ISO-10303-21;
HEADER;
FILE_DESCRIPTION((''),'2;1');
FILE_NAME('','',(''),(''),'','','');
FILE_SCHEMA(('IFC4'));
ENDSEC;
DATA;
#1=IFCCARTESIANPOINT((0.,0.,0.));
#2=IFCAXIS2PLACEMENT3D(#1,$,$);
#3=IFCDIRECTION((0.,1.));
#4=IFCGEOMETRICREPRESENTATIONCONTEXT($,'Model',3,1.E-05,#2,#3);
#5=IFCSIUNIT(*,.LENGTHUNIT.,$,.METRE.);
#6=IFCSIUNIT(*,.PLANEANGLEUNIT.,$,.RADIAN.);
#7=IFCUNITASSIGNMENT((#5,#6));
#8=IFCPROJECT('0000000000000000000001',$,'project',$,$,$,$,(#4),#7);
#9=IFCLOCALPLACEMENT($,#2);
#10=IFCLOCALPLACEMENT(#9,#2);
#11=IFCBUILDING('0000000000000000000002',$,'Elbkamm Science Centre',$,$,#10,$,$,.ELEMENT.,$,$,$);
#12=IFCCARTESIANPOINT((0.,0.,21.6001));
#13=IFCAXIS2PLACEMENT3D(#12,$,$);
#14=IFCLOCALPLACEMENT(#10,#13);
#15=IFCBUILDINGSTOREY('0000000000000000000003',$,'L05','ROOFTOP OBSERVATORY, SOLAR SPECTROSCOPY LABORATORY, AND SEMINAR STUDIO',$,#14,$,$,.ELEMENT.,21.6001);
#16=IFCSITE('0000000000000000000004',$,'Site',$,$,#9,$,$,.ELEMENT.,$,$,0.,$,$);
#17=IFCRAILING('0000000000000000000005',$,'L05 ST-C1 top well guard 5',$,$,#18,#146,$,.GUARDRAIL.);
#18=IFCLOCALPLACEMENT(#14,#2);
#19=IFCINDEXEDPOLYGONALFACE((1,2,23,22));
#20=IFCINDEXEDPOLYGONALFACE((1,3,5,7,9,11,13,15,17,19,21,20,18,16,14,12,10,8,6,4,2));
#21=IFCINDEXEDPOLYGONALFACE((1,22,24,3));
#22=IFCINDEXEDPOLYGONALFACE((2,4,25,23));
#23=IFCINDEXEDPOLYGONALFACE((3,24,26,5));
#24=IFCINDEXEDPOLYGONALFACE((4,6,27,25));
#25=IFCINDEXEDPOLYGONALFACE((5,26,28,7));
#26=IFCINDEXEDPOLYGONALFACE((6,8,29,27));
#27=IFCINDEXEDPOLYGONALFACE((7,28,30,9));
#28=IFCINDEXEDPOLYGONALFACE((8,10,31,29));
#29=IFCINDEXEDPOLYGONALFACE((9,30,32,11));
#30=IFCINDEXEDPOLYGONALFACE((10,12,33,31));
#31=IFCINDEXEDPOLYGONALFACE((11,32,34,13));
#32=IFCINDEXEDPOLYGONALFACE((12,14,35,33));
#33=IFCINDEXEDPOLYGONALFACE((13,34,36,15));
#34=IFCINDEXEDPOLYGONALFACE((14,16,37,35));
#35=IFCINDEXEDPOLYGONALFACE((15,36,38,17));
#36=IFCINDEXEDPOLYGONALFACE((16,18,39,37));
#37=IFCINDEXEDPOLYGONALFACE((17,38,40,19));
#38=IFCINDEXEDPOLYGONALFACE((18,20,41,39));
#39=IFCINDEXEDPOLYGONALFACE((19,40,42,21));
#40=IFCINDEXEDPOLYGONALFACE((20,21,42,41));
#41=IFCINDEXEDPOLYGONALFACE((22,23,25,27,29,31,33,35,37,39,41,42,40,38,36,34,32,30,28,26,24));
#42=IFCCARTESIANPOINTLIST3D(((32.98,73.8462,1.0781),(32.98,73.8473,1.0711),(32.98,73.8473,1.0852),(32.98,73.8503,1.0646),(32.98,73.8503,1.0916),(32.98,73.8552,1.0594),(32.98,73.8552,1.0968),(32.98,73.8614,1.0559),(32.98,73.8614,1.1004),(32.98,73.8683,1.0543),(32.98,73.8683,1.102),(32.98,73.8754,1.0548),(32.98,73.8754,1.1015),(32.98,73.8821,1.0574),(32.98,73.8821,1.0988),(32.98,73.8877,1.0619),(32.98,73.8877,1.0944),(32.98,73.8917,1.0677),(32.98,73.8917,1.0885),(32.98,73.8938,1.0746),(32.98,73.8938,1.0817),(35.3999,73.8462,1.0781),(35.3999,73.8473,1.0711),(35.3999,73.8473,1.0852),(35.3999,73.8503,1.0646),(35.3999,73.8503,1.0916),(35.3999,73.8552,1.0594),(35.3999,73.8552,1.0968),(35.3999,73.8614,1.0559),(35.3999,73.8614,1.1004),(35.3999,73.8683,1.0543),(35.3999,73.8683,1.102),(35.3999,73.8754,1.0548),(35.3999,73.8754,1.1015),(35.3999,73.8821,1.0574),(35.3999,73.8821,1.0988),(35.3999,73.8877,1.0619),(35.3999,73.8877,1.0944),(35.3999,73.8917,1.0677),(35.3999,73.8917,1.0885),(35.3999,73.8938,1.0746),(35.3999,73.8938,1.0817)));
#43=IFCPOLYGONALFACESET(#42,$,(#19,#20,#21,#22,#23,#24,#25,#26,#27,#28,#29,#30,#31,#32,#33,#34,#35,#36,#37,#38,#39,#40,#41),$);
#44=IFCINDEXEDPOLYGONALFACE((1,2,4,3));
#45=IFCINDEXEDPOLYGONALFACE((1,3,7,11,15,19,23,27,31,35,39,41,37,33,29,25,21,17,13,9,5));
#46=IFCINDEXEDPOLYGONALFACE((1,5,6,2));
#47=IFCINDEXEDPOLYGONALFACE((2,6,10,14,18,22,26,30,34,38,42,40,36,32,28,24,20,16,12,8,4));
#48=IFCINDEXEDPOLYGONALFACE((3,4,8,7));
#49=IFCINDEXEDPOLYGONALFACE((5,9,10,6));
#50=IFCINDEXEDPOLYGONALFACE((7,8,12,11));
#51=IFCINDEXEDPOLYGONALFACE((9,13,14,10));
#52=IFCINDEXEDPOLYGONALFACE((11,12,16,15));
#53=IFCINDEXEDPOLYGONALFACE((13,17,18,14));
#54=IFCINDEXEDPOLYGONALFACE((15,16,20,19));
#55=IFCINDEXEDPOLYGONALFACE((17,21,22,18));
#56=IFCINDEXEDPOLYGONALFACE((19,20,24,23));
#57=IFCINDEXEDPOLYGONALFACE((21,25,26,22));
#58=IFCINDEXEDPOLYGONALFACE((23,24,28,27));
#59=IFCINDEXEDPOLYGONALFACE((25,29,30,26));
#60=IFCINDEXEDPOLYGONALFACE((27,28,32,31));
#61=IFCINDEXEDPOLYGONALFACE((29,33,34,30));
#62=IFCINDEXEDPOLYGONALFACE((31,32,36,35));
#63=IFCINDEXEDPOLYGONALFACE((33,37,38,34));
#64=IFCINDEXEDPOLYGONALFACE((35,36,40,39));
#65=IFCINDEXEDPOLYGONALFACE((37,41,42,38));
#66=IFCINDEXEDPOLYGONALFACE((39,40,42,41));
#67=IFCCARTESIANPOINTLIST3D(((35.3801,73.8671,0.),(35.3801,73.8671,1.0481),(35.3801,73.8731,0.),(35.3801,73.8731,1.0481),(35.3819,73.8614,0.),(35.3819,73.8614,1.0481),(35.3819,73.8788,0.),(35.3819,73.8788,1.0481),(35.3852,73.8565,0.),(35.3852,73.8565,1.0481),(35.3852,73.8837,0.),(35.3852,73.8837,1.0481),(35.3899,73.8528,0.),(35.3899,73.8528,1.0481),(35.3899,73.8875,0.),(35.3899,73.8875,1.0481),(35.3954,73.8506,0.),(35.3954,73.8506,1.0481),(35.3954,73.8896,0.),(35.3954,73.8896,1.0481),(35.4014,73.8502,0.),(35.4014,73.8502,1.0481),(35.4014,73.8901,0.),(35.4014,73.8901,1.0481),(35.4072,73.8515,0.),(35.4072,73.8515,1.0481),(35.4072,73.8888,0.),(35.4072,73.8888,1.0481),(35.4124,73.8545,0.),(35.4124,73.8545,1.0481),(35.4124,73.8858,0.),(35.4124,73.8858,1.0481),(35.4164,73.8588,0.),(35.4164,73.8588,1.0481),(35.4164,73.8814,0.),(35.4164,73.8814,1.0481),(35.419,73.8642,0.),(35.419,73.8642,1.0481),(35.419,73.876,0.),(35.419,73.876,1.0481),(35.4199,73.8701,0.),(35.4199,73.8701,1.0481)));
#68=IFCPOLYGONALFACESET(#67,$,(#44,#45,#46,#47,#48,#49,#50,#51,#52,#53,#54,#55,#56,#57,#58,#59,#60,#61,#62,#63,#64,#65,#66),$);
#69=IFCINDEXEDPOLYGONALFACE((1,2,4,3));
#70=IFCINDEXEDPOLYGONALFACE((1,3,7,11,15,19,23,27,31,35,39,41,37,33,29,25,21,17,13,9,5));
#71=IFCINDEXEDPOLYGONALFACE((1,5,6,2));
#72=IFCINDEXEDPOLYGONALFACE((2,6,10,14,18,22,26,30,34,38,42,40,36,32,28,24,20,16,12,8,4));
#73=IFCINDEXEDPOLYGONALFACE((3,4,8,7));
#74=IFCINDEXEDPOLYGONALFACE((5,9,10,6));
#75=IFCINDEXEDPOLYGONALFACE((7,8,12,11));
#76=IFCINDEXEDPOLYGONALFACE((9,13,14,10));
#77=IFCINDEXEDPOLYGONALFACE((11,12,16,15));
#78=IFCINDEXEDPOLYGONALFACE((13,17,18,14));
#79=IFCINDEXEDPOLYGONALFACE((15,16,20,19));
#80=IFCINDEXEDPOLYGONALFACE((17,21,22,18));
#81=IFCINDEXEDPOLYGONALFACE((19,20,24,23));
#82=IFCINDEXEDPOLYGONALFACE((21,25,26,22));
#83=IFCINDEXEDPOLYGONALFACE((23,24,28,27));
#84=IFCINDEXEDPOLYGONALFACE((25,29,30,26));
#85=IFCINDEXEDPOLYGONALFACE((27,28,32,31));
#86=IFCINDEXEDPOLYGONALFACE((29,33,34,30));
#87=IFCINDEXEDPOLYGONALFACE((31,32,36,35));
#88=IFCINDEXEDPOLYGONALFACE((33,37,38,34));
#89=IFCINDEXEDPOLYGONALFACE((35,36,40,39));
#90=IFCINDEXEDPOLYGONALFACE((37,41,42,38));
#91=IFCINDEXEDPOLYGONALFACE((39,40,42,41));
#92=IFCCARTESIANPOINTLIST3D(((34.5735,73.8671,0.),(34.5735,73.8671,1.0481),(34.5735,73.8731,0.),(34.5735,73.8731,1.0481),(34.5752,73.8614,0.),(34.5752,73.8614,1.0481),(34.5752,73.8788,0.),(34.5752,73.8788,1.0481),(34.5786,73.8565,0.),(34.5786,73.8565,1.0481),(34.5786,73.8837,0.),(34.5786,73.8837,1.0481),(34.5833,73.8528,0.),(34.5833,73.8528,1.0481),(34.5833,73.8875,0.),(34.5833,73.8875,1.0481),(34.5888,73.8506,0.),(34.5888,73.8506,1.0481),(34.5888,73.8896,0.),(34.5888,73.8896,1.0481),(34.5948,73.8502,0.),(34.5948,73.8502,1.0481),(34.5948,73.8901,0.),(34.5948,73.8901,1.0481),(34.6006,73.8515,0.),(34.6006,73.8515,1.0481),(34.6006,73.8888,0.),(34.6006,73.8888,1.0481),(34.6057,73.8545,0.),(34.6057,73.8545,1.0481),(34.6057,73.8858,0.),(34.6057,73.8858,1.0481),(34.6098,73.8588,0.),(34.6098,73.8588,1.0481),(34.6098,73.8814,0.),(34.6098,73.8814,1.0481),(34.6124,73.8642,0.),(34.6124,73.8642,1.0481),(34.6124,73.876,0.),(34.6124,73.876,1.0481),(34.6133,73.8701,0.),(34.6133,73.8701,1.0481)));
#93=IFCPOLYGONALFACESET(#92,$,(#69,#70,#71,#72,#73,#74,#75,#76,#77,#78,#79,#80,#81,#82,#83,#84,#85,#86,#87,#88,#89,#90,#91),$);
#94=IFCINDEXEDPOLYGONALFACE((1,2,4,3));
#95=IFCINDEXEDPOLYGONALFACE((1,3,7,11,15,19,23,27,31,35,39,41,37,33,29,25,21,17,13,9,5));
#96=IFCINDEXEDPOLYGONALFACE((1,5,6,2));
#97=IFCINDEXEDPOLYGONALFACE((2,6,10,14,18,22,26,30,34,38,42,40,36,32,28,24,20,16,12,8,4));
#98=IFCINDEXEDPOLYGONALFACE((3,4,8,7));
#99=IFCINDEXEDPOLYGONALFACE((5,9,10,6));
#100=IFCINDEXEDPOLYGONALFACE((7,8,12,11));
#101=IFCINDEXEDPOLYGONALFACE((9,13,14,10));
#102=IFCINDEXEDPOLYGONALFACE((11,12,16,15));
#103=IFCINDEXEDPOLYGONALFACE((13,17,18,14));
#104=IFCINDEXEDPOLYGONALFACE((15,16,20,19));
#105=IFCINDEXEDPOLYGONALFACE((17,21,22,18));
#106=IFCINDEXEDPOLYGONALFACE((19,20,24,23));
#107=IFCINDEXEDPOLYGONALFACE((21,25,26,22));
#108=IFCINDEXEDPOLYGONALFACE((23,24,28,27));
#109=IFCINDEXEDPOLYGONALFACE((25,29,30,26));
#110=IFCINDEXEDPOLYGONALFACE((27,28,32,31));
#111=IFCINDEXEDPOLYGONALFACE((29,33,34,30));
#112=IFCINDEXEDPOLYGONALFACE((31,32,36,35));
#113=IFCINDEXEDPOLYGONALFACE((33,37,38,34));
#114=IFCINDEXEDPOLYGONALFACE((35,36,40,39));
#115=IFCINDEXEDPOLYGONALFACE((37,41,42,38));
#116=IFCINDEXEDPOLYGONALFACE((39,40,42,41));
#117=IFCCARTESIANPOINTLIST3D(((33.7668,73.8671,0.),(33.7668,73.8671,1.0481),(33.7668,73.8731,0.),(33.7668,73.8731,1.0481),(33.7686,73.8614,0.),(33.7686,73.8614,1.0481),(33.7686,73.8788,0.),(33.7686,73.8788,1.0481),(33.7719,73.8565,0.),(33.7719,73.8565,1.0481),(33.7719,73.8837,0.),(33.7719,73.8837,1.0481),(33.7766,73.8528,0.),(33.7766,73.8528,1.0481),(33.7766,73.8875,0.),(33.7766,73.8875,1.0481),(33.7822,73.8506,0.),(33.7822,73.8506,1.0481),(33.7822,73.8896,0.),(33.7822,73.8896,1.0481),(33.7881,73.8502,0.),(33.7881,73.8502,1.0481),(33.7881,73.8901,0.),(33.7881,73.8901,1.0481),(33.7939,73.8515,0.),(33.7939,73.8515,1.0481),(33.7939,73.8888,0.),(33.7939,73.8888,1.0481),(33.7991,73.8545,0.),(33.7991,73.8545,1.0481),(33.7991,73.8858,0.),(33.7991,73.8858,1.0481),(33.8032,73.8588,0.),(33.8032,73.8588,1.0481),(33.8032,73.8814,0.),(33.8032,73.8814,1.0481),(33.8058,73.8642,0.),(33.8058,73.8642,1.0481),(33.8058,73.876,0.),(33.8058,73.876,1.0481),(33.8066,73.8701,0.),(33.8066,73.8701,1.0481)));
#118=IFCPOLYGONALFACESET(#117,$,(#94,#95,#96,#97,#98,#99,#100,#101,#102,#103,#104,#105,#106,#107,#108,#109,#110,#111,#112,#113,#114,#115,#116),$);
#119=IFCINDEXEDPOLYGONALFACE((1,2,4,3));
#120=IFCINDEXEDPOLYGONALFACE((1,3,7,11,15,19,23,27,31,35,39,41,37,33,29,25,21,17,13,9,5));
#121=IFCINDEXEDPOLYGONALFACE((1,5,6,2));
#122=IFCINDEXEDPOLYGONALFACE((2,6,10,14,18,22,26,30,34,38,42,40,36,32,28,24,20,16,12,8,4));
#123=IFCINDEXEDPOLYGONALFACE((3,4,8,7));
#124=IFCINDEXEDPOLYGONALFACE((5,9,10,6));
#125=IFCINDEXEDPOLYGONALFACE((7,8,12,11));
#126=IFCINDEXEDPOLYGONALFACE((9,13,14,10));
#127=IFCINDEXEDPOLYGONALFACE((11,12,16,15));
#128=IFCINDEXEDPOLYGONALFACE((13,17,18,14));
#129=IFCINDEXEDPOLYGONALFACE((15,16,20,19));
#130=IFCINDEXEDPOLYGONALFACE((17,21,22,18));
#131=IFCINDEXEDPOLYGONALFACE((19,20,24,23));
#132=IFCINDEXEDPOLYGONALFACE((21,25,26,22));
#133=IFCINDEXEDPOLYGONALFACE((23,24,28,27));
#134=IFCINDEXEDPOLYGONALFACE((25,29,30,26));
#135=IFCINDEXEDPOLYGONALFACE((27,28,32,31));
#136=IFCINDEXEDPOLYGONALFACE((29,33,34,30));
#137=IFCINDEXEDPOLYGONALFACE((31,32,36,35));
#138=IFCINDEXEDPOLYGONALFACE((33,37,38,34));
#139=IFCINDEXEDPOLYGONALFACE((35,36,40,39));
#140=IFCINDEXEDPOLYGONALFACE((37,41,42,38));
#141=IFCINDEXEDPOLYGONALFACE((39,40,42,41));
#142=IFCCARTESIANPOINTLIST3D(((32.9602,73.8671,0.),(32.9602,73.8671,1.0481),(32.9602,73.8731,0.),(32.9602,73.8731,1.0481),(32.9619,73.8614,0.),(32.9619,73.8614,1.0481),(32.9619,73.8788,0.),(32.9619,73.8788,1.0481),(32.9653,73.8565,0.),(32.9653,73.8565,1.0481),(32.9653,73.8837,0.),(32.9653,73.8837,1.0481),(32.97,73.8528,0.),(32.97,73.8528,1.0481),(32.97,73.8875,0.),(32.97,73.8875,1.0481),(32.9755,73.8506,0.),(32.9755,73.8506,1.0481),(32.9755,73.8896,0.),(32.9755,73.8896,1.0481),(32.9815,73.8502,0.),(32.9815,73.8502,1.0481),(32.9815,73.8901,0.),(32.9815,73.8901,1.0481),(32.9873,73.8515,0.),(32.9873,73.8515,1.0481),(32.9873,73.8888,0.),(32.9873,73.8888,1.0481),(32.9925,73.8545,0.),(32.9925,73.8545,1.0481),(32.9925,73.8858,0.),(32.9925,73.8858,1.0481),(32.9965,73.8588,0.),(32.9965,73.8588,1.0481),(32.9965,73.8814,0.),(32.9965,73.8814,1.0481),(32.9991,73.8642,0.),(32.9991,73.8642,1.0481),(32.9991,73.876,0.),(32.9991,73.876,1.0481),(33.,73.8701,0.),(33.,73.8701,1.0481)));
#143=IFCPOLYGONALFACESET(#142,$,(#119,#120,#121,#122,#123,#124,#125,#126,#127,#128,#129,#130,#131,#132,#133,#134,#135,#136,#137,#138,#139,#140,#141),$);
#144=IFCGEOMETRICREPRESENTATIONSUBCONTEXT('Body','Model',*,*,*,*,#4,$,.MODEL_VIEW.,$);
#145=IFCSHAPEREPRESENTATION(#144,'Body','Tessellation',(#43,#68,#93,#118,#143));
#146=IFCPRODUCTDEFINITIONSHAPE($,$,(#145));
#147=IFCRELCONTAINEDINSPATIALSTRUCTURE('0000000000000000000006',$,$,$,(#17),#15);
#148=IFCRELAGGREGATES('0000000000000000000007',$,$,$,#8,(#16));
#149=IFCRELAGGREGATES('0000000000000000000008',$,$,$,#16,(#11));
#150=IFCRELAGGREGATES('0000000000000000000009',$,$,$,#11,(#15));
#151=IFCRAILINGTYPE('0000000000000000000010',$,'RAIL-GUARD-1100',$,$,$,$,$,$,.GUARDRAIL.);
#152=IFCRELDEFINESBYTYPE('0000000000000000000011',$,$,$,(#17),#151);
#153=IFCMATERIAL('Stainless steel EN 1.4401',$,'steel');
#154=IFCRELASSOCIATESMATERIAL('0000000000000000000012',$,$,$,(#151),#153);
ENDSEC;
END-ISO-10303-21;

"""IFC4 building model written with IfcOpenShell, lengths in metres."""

from ifc_helpers import new_model, si_unit, direction, frame, origin, origin_2d, place, context, subcontext, project, spatial, circle, extrude, material, type_object, element, save


model = new_model("IFC4")

# Units and contexts
model_context = context("Model", 3, precision=1e-05, world=origin(), true_north=direction((0.0, 1.0)))
body_context = subcontext(model_context, "Body", "Model", "MODEL_VIEW")
ifc_project = project(units=[si_unit("LENGTHUNIT", "METRE"), si_unit("PLANEANGLEUNIT", "RADIAN")], contexts=[model_context])

# Site, building, storey
site_placement = place(None, origin())
site = spatial("IfcSite", under=ifc_project, at=site_placement, Name="Site", CompositionType="ELEMENT", RefElevation=0.0)
building_placement = place(site_placement, origin())
building = spatial("IfcBuilding", under=site, at=building_placement, Name="Elbkamm Science Centre", CompositionType="ELEMENT")
storey_placement = place(building_placement, frame((0.0, 0.0, 21.6001)))
storey = spatial("IfcBuildingStorey", under=building, at=storey_placement, Name="L05", Description="ROOFTOP OBSERVATORY, SOLAR SPECTROSCOPY LABORATORY, AND SEMINAR STUDIO", CompositionType="ELEMENT", Elevation=21.6001)

# Railing
ifc_material_1 = material(Name="Stainless steel EN 1.4401", Category="steel")
railing_type_1 = type_object("IfcRailingType", Name="RAIL-GUARD-1100", PredefinedType="GUARDRAIL", material=ifc_material_1)
for number, where, name in (
    (1, (35.3999, 73.8701, 0.0), "L05 ST-C1 top well guard 5"),
):
    element("IfcRailing", number, at=place(storey_placement, frame(where)), inside=storey, type_object=railing_type_1, Name=name, PredefinedType="GUARDRAIL", context=body_context, shape_type="SweptSolid", body=[
        extrude(circle(Radius=0.0239, at=origin_2d()), frame((0.0, 0.0, 1.0781), z_axis=(-1.0, 0.0, 0.0), x_axis=(0.0, -1.0, 0.0)), (0.0, 0.0, 1.0), 2.4199),
        extrude(circle(Radius=0.02, at=origin_2d()), origin(), (0.0, 0.0, 1.0), 1.0481),
        extrude(circle(Radius=0.02, at=origin_2d()), frame((-0.8066, 0.0, 0.0)), (0.0, 0.0, 1.0), 1.0481),
        extrude(circle(Radius=0.02, at=origin_2d()), frame((-1.6133, 0.0, 0.0)), (0.0, 0.0, 1.0), 1.0481),
        extrude(circle(Radius=0.02, at=origin_2d()), frame((-2.4199, 0.0, 0.0)), (0.0, 0.0, 1.0), 1.0481),
    ])

save(model, "model.ifc")
